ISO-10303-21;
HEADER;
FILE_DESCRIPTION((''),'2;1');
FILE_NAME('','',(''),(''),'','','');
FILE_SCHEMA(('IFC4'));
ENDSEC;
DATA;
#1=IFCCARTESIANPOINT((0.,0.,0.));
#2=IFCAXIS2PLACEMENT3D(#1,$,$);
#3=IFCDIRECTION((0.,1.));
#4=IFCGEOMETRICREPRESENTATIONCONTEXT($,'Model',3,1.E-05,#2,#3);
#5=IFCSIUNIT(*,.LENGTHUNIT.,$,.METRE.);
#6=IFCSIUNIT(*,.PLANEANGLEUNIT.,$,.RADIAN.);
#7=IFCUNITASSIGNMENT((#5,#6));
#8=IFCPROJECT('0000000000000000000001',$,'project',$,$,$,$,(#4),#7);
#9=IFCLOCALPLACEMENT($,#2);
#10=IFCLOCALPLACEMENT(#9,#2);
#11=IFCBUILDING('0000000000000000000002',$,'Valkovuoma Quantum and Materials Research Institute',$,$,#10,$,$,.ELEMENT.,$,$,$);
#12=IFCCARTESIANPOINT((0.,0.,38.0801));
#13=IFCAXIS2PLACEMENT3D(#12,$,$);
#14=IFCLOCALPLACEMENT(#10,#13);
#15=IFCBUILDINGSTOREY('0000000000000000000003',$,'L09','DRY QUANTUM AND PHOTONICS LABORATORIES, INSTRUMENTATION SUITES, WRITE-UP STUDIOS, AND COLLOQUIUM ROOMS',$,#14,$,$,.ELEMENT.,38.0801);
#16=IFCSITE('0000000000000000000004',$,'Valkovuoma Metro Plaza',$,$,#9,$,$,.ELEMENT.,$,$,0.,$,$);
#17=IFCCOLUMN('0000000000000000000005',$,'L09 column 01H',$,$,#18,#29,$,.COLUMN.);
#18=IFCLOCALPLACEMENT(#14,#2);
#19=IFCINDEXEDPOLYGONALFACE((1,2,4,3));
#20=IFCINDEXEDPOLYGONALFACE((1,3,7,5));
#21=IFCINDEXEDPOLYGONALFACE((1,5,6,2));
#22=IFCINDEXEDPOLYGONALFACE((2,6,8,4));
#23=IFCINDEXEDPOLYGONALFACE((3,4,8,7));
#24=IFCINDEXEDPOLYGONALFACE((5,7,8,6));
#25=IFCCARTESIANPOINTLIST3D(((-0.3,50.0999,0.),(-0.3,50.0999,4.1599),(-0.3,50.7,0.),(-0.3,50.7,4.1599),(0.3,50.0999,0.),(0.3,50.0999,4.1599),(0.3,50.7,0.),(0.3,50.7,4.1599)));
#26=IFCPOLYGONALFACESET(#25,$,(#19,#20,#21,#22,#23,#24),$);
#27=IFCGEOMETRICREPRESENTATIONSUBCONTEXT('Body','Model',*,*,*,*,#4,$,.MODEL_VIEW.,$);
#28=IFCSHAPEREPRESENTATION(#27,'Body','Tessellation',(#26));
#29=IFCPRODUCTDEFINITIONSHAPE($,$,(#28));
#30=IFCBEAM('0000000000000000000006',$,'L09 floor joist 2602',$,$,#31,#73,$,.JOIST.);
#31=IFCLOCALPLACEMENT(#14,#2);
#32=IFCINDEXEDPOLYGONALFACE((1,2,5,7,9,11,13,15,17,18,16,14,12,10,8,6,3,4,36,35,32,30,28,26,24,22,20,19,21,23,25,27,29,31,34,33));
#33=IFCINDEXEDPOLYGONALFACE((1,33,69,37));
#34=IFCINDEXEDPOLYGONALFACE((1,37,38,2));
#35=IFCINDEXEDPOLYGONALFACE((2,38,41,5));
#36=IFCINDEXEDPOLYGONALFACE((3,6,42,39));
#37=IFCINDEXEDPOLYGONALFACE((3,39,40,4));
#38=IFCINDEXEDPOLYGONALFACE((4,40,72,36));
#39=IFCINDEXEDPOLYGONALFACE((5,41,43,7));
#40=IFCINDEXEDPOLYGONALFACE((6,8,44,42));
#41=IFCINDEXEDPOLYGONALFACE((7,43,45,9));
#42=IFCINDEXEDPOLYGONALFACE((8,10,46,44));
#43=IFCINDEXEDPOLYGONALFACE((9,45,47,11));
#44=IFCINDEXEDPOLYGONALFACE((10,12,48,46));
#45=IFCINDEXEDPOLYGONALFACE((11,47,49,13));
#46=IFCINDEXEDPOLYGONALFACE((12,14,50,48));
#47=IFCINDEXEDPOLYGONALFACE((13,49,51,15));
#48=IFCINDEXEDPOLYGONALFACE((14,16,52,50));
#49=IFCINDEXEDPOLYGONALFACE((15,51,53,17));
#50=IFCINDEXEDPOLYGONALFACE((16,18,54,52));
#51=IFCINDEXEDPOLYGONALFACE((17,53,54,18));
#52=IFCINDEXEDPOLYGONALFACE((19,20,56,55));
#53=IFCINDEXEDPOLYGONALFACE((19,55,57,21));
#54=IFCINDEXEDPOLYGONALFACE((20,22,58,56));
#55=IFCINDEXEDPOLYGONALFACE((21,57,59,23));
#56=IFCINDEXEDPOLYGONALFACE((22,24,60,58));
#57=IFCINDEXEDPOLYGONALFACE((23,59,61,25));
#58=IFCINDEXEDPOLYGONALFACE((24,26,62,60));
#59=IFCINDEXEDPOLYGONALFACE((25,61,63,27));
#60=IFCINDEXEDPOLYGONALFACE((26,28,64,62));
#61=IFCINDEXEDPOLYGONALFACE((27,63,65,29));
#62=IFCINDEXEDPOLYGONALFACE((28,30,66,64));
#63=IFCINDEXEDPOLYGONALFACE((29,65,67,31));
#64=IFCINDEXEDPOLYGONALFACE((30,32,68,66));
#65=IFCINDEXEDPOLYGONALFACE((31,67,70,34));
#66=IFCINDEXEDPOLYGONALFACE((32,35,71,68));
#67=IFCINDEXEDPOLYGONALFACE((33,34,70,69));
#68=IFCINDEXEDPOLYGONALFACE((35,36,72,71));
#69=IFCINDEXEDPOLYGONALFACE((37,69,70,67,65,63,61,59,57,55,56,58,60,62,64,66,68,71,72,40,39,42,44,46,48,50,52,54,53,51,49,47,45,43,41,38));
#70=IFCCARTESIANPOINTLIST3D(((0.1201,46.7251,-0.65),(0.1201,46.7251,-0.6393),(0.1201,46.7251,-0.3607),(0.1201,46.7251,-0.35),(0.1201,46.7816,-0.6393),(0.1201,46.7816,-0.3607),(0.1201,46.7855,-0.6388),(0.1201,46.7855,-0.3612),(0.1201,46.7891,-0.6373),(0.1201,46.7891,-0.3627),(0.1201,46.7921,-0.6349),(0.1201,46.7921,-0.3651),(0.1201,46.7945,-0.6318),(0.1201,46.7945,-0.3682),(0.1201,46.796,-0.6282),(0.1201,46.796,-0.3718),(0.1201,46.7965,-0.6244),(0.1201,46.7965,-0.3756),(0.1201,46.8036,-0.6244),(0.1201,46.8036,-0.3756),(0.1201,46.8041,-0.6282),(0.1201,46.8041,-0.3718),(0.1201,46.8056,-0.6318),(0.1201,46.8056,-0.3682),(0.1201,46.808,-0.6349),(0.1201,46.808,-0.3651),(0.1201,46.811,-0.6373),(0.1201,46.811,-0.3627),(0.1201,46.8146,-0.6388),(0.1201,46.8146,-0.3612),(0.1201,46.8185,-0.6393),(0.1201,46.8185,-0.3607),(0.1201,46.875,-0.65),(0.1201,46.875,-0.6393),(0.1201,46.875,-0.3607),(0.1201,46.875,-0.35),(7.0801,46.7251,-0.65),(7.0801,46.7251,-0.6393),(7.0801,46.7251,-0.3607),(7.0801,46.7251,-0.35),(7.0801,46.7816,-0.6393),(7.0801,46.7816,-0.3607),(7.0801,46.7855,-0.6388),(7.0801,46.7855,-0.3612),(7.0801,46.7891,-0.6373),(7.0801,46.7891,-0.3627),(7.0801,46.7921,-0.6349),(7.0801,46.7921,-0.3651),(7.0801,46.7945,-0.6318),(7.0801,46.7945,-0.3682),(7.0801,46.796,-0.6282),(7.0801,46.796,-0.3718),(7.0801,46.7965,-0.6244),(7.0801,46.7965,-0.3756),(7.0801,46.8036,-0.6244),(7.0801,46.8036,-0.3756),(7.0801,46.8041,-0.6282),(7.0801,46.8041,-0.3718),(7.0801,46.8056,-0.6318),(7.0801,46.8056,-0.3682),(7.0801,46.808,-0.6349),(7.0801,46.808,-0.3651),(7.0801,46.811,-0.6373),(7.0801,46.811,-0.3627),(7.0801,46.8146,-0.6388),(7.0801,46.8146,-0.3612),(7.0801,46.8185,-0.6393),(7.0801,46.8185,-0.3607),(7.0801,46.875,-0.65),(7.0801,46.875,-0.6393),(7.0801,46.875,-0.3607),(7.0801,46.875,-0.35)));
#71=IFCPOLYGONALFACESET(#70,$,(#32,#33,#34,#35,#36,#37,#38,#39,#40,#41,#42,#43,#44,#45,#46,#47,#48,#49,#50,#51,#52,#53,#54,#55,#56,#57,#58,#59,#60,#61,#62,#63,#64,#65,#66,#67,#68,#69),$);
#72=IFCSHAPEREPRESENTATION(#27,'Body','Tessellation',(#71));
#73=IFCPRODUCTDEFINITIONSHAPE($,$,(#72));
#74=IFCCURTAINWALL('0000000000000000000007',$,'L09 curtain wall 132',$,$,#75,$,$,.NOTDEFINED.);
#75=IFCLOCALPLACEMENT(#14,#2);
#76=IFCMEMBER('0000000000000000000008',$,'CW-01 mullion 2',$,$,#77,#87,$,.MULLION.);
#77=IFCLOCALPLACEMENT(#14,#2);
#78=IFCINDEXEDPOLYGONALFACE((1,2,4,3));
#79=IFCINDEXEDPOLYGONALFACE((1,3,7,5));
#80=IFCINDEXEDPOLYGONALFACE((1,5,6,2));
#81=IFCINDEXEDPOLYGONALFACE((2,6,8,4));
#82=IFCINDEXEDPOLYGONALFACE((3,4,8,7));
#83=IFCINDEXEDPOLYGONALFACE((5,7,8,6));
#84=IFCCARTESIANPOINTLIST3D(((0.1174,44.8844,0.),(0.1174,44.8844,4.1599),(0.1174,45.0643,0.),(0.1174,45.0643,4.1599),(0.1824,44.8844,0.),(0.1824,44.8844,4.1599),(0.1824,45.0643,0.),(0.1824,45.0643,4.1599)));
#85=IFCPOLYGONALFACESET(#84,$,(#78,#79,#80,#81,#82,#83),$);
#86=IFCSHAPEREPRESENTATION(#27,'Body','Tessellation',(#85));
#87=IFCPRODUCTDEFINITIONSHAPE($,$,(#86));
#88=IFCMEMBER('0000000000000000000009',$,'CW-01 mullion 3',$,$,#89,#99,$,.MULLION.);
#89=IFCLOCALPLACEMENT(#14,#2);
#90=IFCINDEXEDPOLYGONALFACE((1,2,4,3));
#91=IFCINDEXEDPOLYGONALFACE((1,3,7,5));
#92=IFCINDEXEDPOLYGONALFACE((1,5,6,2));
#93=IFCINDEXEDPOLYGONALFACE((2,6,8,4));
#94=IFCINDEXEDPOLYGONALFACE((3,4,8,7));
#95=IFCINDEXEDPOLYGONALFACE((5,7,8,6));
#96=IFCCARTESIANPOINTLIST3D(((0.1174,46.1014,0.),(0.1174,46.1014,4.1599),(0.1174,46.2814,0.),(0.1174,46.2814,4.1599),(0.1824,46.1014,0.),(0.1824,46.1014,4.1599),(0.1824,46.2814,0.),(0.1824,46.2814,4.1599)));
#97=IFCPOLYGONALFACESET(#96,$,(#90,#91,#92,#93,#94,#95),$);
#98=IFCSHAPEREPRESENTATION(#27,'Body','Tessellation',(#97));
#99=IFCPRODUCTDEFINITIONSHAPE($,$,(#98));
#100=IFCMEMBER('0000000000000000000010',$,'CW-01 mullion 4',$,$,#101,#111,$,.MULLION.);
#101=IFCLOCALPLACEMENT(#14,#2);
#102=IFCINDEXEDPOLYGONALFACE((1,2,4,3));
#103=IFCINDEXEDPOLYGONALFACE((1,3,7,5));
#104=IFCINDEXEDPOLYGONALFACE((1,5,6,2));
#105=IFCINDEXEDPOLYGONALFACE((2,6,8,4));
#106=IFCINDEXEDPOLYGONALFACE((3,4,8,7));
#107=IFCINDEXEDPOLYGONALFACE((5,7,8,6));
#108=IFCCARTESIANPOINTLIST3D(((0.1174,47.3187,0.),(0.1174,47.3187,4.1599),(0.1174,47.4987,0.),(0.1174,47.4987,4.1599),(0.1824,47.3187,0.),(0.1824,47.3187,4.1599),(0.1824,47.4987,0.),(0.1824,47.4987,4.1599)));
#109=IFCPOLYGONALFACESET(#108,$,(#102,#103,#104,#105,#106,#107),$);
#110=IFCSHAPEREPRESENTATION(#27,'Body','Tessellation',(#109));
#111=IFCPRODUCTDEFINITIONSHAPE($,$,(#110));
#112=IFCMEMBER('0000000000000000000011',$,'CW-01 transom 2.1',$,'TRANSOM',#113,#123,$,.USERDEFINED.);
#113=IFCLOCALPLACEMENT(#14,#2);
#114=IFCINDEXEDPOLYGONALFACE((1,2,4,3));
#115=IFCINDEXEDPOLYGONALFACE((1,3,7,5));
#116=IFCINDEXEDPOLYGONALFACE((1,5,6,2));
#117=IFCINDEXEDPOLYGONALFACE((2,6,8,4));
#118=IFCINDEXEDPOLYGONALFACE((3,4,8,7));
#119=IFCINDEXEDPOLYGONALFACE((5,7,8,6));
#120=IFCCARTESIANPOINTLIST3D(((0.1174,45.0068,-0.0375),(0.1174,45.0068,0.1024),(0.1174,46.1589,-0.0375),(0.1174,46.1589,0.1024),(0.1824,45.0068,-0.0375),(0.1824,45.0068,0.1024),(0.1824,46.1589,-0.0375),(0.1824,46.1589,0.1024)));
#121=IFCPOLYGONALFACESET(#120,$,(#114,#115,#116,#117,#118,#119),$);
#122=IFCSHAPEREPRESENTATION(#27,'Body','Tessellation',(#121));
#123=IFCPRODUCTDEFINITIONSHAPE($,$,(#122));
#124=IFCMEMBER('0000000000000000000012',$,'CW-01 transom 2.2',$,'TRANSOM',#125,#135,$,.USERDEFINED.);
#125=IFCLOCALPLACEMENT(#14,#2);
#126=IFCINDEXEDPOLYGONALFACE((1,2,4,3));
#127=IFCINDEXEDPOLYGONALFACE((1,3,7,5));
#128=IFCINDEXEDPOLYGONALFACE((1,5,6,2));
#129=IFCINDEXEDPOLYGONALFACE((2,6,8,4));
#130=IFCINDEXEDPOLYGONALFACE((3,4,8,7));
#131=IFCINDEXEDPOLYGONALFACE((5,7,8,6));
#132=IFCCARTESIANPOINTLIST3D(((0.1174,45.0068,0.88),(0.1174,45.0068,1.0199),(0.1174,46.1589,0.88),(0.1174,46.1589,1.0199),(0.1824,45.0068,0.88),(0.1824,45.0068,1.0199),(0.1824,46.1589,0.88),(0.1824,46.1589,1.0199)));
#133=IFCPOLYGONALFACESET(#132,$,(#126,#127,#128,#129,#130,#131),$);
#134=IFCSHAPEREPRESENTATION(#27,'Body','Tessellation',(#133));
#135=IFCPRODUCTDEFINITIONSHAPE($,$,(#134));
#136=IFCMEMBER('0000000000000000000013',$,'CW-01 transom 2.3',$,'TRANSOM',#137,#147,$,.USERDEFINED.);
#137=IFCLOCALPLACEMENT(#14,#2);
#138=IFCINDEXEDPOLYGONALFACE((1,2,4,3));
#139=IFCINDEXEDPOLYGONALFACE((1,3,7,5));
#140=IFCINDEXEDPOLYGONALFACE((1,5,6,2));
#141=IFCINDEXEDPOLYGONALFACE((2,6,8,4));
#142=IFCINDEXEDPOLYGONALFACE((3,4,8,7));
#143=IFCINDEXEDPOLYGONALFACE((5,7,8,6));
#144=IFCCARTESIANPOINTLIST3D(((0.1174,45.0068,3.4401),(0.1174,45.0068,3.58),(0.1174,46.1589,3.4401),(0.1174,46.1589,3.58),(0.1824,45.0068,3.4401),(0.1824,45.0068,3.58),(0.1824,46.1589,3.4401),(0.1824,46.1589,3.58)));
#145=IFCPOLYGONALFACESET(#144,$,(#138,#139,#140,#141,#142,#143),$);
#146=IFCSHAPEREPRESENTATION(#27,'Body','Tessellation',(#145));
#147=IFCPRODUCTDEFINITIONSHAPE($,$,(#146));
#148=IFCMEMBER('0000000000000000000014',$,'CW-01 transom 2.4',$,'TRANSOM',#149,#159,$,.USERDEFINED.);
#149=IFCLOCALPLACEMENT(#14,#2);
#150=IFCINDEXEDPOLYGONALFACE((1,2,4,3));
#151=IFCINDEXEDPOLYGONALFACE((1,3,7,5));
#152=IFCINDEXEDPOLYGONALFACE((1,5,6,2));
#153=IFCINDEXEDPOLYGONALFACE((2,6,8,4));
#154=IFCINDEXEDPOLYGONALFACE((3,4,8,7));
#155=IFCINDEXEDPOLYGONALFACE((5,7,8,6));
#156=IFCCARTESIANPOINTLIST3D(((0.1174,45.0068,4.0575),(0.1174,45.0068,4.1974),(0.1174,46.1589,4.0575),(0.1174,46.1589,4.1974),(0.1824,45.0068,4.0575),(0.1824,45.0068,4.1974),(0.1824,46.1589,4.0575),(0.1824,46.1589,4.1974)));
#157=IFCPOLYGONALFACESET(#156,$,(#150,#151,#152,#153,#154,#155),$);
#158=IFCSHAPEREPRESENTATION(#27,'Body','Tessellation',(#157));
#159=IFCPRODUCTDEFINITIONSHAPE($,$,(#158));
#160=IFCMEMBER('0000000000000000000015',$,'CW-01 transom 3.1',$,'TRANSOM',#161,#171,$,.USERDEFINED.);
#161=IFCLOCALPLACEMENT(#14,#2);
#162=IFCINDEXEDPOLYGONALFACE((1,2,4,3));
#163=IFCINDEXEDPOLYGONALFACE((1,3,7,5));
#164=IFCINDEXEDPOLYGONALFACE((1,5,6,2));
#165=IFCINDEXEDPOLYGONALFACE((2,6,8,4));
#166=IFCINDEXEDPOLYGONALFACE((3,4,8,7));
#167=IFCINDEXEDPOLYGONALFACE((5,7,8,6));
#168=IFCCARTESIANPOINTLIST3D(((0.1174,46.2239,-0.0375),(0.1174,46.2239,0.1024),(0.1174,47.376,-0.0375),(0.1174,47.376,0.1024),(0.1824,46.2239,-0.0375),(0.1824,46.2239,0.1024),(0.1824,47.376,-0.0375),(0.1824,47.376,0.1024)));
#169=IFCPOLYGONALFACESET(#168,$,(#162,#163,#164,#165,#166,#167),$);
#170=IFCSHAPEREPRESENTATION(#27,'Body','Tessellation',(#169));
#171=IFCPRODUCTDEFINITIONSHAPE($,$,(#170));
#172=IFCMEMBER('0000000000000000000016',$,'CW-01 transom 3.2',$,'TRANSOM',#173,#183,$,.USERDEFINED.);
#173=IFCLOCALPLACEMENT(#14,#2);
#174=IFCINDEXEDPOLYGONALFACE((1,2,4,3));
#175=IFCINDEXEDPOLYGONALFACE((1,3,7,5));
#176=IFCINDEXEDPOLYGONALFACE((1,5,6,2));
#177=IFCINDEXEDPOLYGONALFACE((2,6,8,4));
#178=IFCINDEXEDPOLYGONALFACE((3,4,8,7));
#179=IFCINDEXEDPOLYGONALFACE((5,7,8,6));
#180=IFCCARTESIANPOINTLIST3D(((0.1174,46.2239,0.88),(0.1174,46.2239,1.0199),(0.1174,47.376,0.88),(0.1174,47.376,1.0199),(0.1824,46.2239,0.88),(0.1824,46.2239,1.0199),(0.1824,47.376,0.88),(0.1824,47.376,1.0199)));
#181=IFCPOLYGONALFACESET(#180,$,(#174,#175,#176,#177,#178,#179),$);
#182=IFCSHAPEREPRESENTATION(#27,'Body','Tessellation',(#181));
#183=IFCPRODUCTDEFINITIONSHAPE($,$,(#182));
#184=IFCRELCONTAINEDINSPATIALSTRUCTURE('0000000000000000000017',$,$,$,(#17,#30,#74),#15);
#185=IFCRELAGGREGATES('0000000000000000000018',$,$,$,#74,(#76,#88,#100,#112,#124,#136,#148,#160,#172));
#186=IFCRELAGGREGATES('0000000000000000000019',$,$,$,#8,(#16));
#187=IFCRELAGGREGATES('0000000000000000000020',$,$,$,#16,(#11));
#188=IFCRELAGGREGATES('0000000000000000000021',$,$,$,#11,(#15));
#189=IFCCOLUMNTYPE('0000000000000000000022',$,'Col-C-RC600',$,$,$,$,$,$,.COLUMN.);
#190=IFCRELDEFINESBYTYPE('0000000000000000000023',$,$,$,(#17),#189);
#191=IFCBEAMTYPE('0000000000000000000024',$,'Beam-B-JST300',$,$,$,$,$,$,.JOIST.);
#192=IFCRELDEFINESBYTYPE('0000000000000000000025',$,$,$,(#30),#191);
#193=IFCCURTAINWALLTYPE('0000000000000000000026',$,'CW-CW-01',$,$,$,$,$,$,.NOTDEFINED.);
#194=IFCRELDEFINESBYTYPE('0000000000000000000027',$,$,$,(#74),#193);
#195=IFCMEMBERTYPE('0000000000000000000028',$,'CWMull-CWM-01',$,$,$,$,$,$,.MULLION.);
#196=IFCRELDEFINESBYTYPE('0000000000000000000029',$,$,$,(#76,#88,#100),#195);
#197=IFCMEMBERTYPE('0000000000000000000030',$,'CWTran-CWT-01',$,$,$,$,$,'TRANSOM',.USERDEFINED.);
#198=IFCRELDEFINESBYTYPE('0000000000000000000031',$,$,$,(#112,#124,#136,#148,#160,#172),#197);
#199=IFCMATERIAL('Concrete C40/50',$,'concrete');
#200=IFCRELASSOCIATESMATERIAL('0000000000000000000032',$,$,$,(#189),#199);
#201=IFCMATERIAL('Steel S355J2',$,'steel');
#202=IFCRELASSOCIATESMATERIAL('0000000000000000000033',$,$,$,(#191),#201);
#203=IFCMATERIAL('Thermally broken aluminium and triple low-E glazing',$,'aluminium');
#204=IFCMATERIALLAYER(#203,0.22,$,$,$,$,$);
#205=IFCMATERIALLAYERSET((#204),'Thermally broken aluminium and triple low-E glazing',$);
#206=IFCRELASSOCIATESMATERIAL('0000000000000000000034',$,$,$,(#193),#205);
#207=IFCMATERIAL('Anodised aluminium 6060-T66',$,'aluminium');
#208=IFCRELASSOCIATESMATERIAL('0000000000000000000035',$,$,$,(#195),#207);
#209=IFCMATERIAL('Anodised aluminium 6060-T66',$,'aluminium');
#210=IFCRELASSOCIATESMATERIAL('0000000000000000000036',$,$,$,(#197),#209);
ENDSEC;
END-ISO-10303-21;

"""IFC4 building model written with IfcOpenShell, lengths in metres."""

from ifc_helpers import new_model, si_unit, direction, frame, origin, origin_2d, place, context, subcontext, project, spatial, rectangle, i_section, extrude, material, layer, layer_set, material_profile, profile_set, type_object, element, aggregate, save


model = new_model("IFC4")

# Units and contexts
model_context = context("Model", 3, precision=1e-05, world=origin(), true_north=direction((0.0, 1.0)))
body_context = subcontext(model_context, "Body", "Model", "MODEL_VIEW")
ifc_project = project(units=[si_unit("LENGTHUNIT", "METRE"), si_unit("PLANEANGLEUNIT", "RADIAN")], contexts=[model_context])

# Site, building, storey
site_placement = place(None, origin())
site = spatial("IfcSite", under=ifc_project, at=site_placement, Name="Valkovuoma Metro Plaza", CompositionType="ELEMENT", RefElevation=0.0)
building_placement = place(site_placement, origin())
building = spatial("IfcBuilding", under=site, at=building_placement, Name="Valkovuoma Quantum and Materials Research Institute", CompositionType="ELEMENT")
storey_placement = place(building_placement, frame((0.0, 0.0, 38.0801)))
storey = spatial("IfcBuildingStorey", under=building, at=storey_placement, Name="L09", Description="DRY QUANTUM AND PHOTONICS LABORATORIES, INSTRUMENTATION SUITES, WRITE-UP STUDIOS, AND COLLOQUIUM ROOMS", CompositionType="ELEMENT", Elevation=38.0801)

# Column
ifc_material_1 = material(Name="Concrete C40/50", Category="concrete")
ifc_material_profile_1 = material_profile(ifc_material_1, rectangle(XDim=0.6001, YDim=0.6001, at=origin_2d()), Name="Concrete C40/50")
ifc_profile_set_1 = profile_set([ifc_material_profile_1], Name="Concrete C40/50")
column_type = type_object("IfcColumnType", Name="Col-C-RC600", PredefinedType="COLUMN", material=ifc_profile_set_1)
column_placement = place(storey_placement, frame((0.0, 50.3999, 0.0), z_axis=(0.0, 0.0, 1.0), x_axis=(1.0, 0.0, 0.0)))
element("IfcColumn", 1, at=column_placement, inside=storey, type_object=column_type, Name="L09 column 01H", PredefinedType="COLUMN", context=body_context, shape_type="SweptSolid", body=[
    extrude(rectangle(XDim=0.6001, YDim=0.6001, at=origin_2d()), origin(), (0.0, 0.0, 1.0), 4.1599),
])

# Beam
ifc_material_2 = material(Name="Steel S355J2", Category="steel")
ifc_material_profile_2 = material_profile(ifc_material_2, i_section(OverallWidth=0.1499, OverallDepth=0.3, WebThickness=0.0071, FlangeThickness=0.0107, FilletRadius=0.0149, at=origin_2d()), Name="Steel S355J2")
ifc_profile_set_2 = profile_set([ifc_material_profile_2], Name="Steel S355J2")
beam_type = type_object("IfcBeamType", Name="Beam-B-JST300", PredefinedType="JOIST", material=ifc_profile_set_2)
beam_placement = place(storey_placement, frame((0.1201, 46.8, -0.5), z_axis=(1.0, 0.0, 0.0), x_axis=(0.0, 1.0, 0.0)))
element("IfcBeam", 2, at=beam_placement, inside=storey, type_object=beam_type, Name="L09 floor joist 2602", PredefinedType="JOIST", context=body_context, shape_type="SweptSolid", body=[
    extrude(i_section(OverallWidth=0.1499, OverallDepth=0.3, WebThickness=0.0071, FlangeThickness=0.0107, FilletRadius=0.0149, at=origin_2d()), origin(), (0.0, 0.0, 1.0), 6.96),
])

# Curtain wall, members
ifc_material_3 = material(Name="Thermally broken aluminium and triple low-E glazing", Category="aluminium")
ifc_layer_1 = layer(ifc_material_3, 0.22)
ifc_layer_set_1 = layer_set([ifc_layer_1], Name="Thermally broken aluminium and triple low-E glazing")
curtain_wall_type = type_object("IfcCurtainWallType", Name="CW-CW-01", PredefinedType="NOTDEFINED", material=ifc_layer_set_1)
curtain_wall_placement = place(storey_placement, origin())
curtain_wall = element("IfcCurtainWall", 3, at=curtain_wall_placement, inside=storey, type_object=curtain_wall_type, Name="L09 curtain wall 132", PredefinedType="NOTDEFINED")
ifc_material_4 = material(Name="Anodised aluminium 6060-T66", Category="aluminium")
ifc_material_profile_3 = material_profile(ifc_material_4, rectangle(XDim=0.0649, YDim=0.1799, at=origin_2d()), Name="Anodised aluminium 6060-T66")
ifc_profile_set_3 = profile_set([ifc_material_profile_3], Name="Anodised aluminium 6060-T66")
member_type_1 = type_object("IfcMemberType", Name="CWMull-CWM-01", PredefinedType="MULLION", material=ifc_profile_set_3)
member_1_placement = place(storey_placement, frame((0.1499, 44.9744, 0.0), z_axis=(0.0, 0.0, 1.0), x_axis=(-1.0, 0.0, 0.0)))
member_1 = element("IfcMember", 4, at=member_1_placement, type_object=member_type_1, Name="CW-01 mullion 2", PredefinedType="MULLION", context=body_context, shape_type="SweptSolid", body=[
    extrude(rectangle(XDim=0.0649, YDim=0.1799, at=origin_2d()), origin(), (0.0, 0.0, 1.0), 4.1599),
])
member_2_placement = place(storey_placement, frame((0.1499, 46.1914, 0.0), z_axis=(0.0, 0.0, 1.0), x_axis=(-1.0, 0.0, 0.0)))
member_2 = element("IfcMember", 5, at=member_2_placement, type_object=member_type_1, Name="CW-01 mullion 3", PredefinedType="MULLION", context=body_context, shape_type="SweptSolid", body=[
    extrude(rectangle(XDim=0.0649, YDim=0.1799, at=origin_2d()), origin(), (0.0, 0.0, 1.0), 4.1599),
])
member_3_placement = place(storey_placement, frame((0.1499, 47.4087, 0.0), z_axis=(0.0, 0.0, 1.0), x_axis=(-1.0, 0.0, 0.0)))
member_3 = element("IfcMember", 6, at=member_3_placement, type_object=member_type_1, Name="CW-01 mullion 4", PredefinedType="MULLION", context=body_context, shape_type="SweptSolid", body=[
    extrude(rectangle(XDim=0.0649, YDim=0.1799, at=origin_2d()), origin(), (0.0, 0.0, 1.0), 4.1599),
])
ifc_material_5 = material(Name="Anodised aluminium 6060-T66", Category="aluminium")
ifc_material_profile_4 = material_profile(ifc_material_5, rectangle(XDim=0.0649, YDim=0.1399, at=origin_2d()), Name="Anodised aluminium 6060-T66")
ifc_profile_set_4 = profile_set([ifc_material_profile_4], Name="Anodised aluminium 6060-T66")
member_type_2 = type_object("IfcMemberType", Name="CWTran-CWT-01", ElementType="TRANSOM", PredefinedType="USERDEFINED", material=ifc_profile_set_4)
member_4_placement = place(storey_placement, frame((0.1499, 45.0068, 0.0325), z_axis=(0.0, 1.0, 0.0), x_axis=(-1.0, 0.0, 0.0)))
member_4 = element("IfcMember", 7, at=member_4_placement, type_object=member_type_2, Name="CW-01 transom 2.1", ObjectType="TRANSOM", PredefinedType="USERDEFINED", context=body_context, shape_type="SweptSolid", body=[
    extrude(rectangle(XDim=0.0649, YDim=0.1399, at=origin_2d()), origin(), (0.0, 0.0, 1.0), 1.1521),
])
member_5_placement = place(storey_placement, frame((0.1499, 45.0068, 0.95), z_axis=(0.0, 1.0, 0.0), x_axis=(-1.0, 0.0, 0.0)))
member_5 = element("IfcMember", 8, at=member_5_placement, type_object=member_type_2, Name="CW-01 transom 2.2", ObjectType="TRANSOM", PredefinedType="USERDEFINED", context=body_context, shape_type="SweptSolid", body=[
    extrude(rectangle(XDim=0.0649, YDim=0.1399, at=origin_2d()), origin(), (0.0, 0.0, 1.0), 1.1521),
])
member_6_placement = place(storey_placement, frame((0.1499, 45.0068, 3.51), z_axis=(0.0, 1.0, 0.0), x_axis=(-1.0, 0.0, 0.0)))
member_6 = element("IfcMember", 9, at=member_6_placement, type_object=member_type_2, Name="CW-01 transom 2.3", ObjectType="TRANSOM", PredefinedType="USERDEFINED", context=body_context, shape_type="SweptSolid", body=[
    extrude(rectangle(XDim=0.0649, YDim=0.1399, at=origin_2d()), origin(), (0.0, 0.0, 1.0), 1.1521),
])
member_7_placement = place(storey_placement, frame((0.1499, 45.0068, 4.1274), z_axis=(0.0, 1.0, 0.0), x_axis=(-1.0, 0.0, 0.0)))
member_7 = element("IfcMember", 10, at=member_7_placement, type_object=member_type_2, Name="CW-01 transom 2.4", ObjectType="TRANSOM", PredefinedType="USERDEFINED", context=body_context, shape_type="SweptSolid", body=[
    extrude(rectangle(XDim=0.0649, YDim=0.1399, at=origin_2d()), origin(), (0.0, 0.0, 1.0), 1.1521),
])
member_8_placement = place(storey_placement, frame((0.1499, 46.2239, 0.0325), z_axis=(0.0, 1.0, 0.0), x_axis=(-1.0, 0.0, 0.0)))
member_8 = element("IfcMember", 11, at=member_8_placement, type_object=member_type_2, Name="CW-01 transom 3.1", ObjectType="TRANSOM", PredefinedType="USERDEFINED", context=body_context, shape_type="SweptSolid", body=[
    extrude(rectangle(XDim=0.0649, YDim=0.1399, at=origin_2d()), origin(), (0.0, 0.0, 1.0), 1.1521),
])
member_9_placement = place(storey_placement, frame((0.1499, 46.2239, 0.95), z_axis=(0.0, 1.0, 0.0), x_axis=(-1.0, 0.0, 0.0)))
member_9 = element("IfcMember", 12, at=member_9_placement, type_object=member_type_2, Name="CW-01 transom 3.2", ObjectType="TRANSOM", PredefinedType="USERDEFINED", context=body_context, shape_type="SweptSolid", body=[
    extrude(rectangle(XDim=0.0649, YDim=0.1399, at=origin_2d()), origin(), (0.0, 0.0, 1.0), 1.1521),
])
aggregate(curtain_wall, [member_1, member_2, member_3, member_4, member_5, member_6, member_7, member_8, member_9])

save(model, "model.ifc")
